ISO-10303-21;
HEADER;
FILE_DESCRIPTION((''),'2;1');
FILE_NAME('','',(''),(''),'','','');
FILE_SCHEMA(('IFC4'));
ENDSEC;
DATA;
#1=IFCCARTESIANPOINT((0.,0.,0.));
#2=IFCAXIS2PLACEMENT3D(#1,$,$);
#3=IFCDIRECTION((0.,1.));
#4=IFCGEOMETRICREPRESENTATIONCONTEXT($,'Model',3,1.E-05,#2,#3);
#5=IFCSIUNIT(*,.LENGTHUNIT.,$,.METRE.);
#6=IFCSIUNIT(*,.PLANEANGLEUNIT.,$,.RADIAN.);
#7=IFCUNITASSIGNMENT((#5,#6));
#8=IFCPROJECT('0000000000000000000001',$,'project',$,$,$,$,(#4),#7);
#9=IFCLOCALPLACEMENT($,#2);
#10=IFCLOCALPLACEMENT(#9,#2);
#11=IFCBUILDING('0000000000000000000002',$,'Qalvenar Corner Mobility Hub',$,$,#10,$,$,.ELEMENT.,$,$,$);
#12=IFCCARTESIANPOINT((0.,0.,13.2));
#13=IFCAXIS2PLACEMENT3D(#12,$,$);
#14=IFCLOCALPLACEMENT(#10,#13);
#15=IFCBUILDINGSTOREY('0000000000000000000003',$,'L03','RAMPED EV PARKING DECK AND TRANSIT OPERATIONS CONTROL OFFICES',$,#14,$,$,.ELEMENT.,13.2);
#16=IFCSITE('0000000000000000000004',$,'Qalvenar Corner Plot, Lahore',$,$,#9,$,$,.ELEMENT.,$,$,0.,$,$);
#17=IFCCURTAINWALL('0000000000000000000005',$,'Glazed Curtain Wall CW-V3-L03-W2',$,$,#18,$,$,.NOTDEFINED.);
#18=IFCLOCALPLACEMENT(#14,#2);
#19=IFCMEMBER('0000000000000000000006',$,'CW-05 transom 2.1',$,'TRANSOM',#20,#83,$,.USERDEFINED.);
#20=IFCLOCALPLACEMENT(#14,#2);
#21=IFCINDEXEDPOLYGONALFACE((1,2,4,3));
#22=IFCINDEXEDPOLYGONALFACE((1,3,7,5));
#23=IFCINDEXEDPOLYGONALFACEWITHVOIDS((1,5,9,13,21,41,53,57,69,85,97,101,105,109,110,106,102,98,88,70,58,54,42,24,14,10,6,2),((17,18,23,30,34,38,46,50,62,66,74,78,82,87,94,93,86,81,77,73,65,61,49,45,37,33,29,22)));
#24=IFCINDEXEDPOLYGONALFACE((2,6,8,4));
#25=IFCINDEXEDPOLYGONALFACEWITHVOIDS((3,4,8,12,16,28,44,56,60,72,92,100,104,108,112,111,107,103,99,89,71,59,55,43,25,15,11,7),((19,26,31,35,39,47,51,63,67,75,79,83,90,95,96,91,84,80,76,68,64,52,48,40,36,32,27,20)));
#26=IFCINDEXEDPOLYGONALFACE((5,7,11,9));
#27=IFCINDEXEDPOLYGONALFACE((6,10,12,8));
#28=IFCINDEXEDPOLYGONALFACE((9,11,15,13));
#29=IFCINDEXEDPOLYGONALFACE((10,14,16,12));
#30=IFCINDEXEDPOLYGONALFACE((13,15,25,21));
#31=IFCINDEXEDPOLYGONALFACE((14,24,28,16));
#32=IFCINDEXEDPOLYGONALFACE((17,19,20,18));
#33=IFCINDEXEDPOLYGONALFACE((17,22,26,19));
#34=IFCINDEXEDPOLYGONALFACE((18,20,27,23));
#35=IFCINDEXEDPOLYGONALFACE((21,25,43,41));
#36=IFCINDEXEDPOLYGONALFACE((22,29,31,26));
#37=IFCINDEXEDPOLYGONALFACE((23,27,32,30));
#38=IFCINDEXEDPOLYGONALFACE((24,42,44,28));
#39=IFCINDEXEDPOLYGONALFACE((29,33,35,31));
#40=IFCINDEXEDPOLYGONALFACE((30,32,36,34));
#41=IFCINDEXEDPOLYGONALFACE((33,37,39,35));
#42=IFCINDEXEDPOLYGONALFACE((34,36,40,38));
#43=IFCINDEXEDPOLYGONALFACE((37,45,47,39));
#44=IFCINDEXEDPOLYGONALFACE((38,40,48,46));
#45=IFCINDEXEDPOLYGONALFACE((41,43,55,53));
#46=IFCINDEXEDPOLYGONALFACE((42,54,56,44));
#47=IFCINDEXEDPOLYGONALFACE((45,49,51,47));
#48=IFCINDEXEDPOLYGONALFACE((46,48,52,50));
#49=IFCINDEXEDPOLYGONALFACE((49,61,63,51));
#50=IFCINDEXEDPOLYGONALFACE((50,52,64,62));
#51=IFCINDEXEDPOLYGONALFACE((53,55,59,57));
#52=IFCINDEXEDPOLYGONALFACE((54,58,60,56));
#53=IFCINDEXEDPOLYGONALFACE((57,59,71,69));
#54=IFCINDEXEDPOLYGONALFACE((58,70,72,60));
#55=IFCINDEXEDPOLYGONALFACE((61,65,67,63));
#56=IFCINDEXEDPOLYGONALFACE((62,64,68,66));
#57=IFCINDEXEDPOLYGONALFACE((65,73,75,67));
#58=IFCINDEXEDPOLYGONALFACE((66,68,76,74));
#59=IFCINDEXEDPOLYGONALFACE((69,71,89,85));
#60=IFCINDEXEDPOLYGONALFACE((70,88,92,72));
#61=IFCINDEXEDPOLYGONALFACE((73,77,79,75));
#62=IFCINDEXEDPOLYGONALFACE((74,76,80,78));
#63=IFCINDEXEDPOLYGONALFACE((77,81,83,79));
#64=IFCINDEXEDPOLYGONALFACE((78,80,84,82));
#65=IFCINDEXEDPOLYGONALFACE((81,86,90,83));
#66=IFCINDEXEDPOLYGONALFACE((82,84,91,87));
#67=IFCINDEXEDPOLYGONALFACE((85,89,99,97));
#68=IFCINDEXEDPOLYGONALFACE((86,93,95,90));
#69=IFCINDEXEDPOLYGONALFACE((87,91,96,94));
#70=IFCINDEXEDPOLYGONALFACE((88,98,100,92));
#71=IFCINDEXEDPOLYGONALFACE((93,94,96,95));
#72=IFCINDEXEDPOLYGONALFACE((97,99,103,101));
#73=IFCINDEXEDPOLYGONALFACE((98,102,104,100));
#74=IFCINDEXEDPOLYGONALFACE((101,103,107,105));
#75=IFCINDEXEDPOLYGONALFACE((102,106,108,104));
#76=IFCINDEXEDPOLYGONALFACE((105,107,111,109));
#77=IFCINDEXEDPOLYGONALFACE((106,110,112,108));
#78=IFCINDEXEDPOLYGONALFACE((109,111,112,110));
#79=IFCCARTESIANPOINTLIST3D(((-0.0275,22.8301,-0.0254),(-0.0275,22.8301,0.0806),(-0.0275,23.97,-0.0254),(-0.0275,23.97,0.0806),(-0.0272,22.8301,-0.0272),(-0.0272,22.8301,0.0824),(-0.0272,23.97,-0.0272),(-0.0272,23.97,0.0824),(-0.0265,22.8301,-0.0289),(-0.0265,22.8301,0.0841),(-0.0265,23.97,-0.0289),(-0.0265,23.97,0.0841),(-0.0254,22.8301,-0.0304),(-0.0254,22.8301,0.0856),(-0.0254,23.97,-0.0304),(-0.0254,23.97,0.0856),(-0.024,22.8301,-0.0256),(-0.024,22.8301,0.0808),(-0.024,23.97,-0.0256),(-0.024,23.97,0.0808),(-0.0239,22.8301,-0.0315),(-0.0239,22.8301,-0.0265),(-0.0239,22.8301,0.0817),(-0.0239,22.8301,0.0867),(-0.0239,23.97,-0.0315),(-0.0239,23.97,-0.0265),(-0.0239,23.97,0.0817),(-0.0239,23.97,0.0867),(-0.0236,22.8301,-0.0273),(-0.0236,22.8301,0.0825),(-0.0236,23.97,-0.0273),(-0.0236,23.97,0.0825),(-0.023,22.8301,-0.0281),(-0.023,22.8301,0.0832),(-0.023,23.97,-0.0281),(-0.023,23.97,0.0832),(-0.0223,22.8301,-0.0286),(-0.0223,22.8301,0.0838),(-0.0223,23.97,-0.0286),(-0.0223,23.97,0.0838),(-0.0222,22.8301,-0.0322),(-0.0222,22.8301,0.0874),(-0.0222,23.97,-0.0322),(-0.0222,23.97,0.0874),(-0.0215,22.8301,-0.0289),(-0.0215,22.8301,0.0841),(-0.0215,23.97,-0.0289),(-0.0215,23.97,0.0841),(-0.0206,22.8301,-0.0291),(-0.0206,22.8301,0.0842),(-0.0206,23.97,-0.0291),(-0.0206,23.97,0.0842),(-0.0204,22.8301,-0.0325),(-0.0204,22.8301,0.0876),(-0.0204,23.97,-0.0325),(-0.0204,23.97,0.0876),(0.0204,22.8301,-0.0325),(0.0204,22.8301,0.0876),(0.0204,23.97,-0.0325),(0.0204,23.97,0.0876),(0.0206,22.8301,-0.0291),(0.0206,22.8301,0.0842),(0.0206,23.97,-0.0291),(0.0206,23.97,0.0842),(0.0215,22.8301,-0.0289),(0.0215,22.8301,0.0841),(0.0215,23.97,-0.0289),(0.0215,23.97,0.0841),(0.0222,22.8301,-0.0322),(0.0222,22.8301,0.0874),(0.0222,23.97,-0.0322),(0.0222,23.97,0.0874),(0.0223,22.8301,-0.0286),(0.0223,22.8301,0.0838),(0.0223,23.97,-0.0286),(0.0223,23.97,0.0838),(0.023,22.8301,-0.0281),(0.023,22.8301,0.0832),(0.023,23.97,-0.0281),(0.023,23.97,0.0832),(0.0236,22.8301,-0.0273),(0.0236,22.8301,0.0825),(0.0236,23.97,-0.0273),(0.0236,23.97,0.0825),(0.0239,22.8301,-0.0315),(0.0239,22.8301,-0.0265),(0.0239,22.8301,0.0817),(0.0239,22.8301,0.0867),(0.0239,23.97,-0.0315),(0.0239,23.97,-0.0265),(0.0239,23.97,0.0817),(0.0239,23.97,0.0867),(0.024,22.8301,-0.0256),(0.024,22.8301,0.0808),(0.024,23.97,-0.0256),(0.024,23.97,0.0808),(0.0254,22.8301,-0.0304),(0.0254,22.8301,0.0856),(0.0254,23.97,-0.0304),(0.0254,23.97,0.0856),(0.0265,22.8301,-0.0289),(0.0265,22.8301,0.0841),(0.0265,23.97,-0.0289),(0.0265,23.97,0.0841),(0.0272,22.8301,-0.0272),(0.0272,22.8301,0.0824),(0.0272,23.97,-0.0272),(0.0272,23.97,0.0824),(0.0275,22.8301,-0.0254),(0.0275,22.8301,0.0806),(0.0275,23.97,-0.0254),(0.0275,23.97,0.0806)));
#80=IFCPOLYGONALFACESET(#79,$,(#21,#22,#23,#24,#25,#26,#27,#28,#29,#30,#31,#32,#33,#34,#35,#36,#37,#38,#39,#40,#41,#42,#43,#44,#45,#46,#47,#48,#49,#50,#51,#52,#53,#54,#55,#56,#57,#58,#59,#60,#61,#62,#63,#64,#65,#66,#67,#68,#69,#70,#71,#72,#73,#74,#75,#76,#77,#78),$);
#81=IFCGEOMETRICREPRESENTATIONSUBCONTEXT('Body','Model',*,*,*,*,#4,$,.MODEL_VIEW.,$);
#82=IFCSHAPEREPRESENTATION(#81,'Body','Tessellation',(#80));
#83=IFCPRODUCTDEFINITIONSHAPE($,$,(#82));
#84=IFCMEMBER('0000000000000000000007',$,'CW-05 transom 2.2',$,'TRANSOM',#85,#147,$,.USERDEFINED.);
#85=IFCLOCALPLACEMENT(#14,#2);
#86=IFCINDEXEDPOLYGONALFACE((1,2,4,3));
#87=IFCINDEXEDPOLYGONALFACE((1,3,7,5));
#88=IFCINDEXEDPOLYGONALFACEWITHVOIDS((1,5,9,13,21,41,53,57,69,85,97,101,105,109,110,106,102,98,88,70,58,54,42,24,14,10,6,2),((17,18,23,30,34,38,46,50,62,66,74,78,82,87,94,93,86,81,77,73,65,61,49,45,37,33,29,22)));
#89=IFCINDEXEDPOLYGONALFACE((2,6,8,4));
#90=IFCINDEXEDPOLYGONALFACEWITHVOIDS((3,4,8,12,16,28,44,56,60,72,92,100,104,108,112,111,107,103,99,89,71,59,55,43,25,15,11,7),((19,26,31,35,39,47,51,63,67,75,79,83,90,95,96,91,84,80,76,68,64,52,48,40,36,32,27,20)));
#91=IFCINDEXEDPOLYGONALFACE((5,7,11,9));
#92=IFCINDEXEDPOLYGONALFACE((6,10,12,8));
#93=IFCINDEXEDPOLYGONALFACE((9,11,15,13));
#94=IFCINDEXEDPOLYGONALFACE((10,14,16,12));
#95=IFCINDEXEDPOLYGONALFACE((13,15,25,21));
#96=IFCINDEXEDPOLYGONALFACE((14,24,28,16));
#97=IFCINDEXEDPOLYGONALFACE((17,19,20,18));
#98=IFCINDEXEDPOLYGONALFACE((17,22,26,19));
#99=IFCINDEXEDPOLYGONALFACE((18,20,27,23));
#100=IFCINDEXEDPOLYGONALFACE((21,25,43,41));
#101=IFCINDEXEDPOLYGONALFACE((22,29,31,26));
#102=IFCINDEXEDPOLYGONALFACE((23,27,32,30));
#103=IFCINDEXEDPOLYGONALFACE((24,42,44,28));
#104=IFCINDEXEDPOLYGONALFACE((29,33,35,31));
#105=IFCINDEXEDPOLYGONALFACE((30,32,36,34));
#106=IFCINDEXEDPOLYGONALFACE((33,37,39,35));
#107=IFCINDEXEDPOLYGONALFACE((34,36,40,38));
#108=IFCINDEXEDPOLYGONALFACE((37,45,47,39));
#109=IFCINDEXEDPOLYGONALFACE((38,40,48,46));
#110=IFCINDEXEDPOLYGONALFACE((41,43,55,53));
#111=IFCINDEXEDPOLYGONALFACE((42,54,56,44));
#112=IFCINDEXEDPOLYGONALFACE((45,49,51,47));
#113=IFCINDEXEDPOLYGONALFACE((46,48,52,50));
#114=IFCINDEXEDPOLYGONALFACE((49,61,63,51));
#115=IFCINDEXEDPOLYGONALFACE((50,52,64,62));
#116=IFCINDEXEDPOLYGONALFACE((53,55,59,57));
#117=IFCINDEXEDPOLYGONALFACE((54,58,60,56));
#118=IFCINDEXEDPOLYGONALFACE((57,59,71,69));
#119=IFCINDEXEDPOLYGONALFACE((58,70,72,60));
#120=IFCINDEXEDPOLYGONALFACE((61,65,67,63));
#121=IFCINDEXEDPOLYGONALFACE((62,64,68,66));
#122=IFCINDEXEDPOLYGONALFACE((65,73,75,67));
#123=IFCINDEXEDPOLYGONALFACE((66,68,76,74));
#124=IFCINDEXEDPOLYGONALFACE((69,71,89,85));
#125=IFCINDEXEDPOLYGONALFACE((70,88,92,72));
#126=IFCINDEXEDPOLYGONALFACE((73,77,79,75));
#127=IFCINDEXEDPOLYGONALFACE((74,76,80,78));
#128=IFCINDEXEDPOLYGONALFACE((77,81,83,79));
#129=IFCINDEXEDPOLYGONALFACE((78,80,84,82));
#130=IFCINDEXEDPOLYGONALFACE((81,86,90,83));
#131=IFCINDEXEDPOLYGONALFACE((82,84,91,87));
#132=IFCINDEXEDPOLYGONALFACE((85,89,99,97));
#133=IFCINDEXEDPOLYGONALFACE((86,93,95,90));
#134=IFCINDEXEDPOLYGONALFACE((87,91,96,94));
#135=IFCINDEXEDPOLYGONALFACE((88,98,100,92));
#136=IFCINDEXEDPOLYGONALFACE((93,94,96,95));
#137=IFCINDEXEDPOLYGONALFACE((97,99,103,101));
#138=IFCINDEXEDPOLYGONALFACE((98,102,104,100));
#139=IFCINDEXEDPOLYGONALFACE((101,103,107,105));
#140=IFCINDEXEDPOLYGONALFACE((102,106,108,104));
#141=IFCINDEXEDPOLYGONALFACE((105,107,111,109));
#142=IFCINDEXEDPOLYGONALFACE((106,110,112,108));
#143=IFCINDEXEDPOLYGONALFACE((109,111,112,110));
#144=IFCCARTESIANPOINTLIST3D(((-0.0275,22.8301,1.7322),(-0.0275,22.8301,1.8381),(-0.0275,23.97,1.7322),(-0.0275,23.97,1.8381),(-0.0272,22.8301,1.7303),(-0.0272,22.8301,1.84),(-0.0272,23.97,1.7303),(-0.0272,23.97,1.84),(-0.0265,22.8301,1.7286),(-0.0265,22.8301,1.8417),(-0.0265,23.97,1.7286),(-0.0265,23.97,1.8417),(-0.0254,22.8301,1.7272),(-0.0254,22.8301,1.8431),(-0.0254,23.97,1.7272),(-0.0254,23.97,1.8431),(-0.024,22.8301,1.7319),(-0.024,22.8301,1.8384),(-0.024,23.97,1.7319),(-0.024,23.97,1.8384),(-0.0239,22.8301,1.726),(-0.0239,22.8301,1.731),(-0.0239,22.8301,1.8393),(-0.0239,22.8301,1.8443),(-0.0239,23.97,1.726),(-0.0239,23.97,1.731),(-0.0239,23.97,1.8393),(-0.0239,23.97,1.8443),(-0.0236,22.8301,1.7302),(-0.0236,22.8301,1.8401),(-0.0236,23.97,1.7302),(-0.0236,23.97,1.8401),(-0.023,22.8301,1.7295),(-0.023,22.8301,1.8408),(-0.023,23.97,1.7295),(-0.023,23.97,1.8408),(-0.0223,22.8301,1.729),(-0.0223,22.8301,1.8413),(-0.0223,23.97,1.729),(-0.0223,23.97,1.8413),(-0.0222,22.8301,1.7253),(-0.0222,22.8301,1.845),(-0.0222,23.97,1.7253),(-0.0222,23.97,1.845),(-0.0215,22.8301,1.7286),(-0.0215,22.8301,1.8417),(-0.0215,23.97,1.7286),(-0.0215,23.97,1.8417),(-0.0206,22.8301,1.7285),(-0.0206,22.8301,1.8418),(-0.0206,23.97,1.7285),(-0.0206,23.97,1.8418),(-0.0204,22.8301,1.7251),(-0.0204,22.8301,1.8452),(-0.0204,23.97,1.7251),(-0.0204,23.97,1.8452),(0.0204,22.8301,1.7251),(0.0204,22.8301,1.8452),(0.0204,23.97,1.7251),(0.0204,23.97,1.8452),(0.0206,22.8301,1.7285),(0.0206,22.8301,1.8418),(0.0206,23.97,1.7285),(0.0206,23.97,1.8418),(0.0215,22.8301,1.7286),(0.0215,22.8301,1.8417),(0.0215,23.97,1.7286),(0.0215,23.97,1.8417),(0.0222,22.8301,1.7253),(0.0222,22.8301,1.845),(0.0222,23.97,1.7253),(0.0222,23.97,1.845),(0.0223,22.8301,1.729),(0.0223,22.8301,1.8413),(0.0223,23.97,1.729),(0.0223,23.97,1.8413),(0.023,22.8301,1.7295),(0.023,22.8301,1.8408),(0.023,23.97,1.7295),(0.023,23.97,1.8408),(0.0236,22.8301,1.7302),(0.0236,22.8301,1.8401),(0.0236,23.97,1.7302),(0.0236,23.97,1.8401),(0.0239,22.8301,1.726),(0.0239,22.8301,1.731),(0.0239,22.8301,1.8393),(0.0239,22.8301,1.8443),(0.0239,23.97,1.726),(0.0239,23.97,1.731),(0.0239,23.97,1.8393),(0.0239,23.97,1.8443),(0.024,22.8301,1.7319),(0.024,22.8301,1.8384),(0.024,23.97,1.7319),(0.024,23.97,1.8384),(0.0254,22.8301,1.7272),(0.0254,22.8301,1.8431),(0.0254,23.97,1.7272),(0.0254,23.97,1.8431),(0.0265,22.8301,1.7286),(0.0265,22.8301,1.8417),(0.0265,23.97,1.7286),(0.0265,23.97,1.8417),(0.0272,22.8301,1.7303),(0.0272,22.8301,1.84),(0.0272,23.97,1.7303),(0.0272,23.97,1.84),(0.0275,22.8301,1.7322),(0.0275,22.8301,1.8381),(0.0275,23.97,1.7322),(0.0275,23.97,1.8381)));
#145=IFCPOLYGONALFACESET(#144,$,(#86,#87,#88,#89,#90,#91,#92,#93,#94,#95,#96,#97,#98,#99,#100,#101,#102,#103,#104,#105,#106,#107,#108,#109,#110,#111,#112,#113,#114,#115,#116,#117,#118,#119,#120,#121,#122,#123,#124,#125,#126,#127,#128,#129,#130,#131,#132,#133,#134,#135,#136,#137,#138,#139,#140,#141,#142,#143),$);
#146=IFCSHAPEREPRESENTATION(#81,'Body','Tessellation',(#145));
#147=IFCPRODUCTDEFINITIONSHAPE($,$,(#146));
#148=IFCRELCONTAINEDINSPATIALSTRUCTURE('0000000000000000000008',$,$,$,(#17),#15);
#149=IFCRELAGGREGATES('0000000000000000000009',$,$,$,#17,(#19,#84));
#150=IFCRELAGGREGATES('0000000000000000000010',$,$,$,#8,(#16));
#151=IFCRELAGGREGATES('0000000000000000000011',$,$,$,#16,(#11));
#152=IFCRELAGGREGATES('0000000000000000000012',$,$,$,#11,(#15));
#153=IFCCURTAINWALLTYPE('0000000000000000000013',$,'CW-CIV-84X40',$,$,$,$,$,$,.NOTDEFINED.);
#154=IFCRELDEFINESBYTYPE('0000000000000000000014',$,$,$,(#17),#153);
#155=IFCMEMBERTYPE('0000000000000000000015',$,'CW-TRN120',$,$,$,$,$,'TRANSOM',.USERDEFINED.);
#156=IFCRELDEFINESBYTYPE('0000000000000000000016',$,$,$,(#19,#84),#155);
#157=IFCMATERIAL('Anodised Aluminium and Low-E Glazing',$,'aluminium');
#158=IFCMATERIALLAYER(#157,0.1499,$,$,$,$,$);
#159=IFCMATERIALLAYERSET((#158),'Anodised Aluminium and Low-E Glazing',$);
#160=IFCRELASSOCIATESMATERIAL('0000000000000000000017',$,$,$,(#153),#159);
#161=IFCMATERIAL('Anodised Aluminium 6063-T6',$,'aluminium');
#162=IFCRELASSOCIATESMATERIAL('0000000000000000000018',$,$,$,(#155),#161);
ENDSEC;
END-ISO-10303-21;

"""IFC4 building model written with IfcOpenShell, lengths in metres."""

from ifc_helpers import new_model, si_unit, direction, frame, origin, origin_2d, place, context, subcontext, project, spatial, hollow_rectangle, extrude, material, layer, layer_set, material_profile, profile_set, type_object, element, aggregate, save


model = new_model("IFC4")

# Units and contexts
model_context = context("Model", 3, precision=1e-05, world=origin(), true_north=direction((0.0, 1.0)))
body_context = subcontext(model_context, "Body", "Model", "MODEL_VIEW")
ifc_project = project(units=[si_unit("LENGTHUNIT", "METRE"), si_unit("PLANEANGLEUNIT", "RADIAN")], contexts=[model_context])

# Site, building, storey
site_placement = place(None, origin())
site = spatial("IfcSite", under=ifc_project, at=site_placement, Name="Qalvenar Corner Plot, Lahore", CompositionType="ELEMENT", RefElevation=0.0)
building_placement = place(site_placement, origin())
building = spatial("IfcBuilding", under=site, at=building_placement, Name="Qalvenar Corner Mobility Hub", CompositionType="ELEMENT")
storey_placement = place(building_placement, frame((0.0, 0.0, 13.2)))
storey = spatial("IfcBuildingStorey", under=building, at=storey_placement, Name="L03", Description="RAMPED EV PARKING DECK AND TRANSIT OPERATIONS CONTROL OFFICES", CompositionType="ELEMENT", Elevation=13.2)

# Curtain wall, members
ifc_material_1 = material(Name="Anodised Aluminium and Low-E Glazing", Category="aluminium")
ifc_layer_1 = layer(ifc_material_1, 0.1499)
ifc_layer_set_1 = layer_set([ifc_layer_1], Name="Anodised Aluminium and Low-E Glazing")
curtain_wall_type = type_object("IfcCurtainWallType", Name="CW-CIV-84X40", PredefinedType="NOTDEFINED", material=ifc_layer_set_1)
curtain_wall_placement = place(storey_placement, origin())
curtain_wall = element("IfcCurtainWall", 1, at=curtain_wall_placement, inside=storey, type_object=curtain_wall_type, Name="Glazed Curtain Wall CW-V3-L03-W2", PredefinedType="NOTDEFINED")
ifc_material_2 = material(Name="Anodised Aluminium 6063-T6", Category="aluminium")
ifc_material_profile_1 = material_profile(ifc_material_2, hollow_rectangle(XDim=0.0549, YDim=0.1201, WallThickness=0.0034, InnerFilletRadius=0.0034, OuterFilletRadius=0.0071, at=origin_2d()), Name="RHS120x55x3.5")
ifc_profile_set_1 = profile_set([ifc_material_profile_1], Name="Anodised Aluminium 6063-T6")
member_type_1 = type_object("IfcMemberType", Name="CW-TRN120", ElementType="TRANSOM", PredefinedType="USERDEFINED", material=ifc_profile_set_1)
member_1_placement = place(storey_placement, frame((0.0, 23.97, 0.0276), z_axis=(0.0, -1.0, 0.0), x_axis=(1.0, 0.0, 0.0)))
member_1 = element("IfcMember", 2, at=member_1_placement, type_object=member_type_1, Name="CW-05 transom 2.1", ObjectType="TRANSOM", PredefinedType="USERDEFINED", context=body_context, shape_type="SweptSolid", body=[
    extrude(hollow_rectangle(XDim=0.0549, YDim=0.1201, WallThickness=0.0034, InnerFilletRadius=0.0034, OuterFilletRadius=0.0071, at=origin_2d()), origin(), (0.0, 0.0, 1.0), 1.1399),
])
member_2_placement = place(storey_placement, frame((0.0, 23.97, 1.7852), z_axis=(0.0, -1.0, 0.0), x_axis=(1.0, 0.0, 0.0)))
member_2 = element("IfcMember", 3, at=member_2_placement, type_object=member_type_1, Name="CW-05 transom 2.2", ObjectType="TRANSOM", PredefinedType="USERDEFINED", context=body_context, shape_type="SweptSolid", body=[
    extrude(hollow_rectangle(XDim=0.0549, YDim=0.1201, WallThickness=0.0034, InnerFilletRadius=0.0034, OuterFilletRadius=0.0071, at=origin_2d()), origin(), (0.0, 0.0, 1.0), 1.1399),
])
aggregate(curtain_wall, [member_1, member_2])

save(model, "model.ifc")
